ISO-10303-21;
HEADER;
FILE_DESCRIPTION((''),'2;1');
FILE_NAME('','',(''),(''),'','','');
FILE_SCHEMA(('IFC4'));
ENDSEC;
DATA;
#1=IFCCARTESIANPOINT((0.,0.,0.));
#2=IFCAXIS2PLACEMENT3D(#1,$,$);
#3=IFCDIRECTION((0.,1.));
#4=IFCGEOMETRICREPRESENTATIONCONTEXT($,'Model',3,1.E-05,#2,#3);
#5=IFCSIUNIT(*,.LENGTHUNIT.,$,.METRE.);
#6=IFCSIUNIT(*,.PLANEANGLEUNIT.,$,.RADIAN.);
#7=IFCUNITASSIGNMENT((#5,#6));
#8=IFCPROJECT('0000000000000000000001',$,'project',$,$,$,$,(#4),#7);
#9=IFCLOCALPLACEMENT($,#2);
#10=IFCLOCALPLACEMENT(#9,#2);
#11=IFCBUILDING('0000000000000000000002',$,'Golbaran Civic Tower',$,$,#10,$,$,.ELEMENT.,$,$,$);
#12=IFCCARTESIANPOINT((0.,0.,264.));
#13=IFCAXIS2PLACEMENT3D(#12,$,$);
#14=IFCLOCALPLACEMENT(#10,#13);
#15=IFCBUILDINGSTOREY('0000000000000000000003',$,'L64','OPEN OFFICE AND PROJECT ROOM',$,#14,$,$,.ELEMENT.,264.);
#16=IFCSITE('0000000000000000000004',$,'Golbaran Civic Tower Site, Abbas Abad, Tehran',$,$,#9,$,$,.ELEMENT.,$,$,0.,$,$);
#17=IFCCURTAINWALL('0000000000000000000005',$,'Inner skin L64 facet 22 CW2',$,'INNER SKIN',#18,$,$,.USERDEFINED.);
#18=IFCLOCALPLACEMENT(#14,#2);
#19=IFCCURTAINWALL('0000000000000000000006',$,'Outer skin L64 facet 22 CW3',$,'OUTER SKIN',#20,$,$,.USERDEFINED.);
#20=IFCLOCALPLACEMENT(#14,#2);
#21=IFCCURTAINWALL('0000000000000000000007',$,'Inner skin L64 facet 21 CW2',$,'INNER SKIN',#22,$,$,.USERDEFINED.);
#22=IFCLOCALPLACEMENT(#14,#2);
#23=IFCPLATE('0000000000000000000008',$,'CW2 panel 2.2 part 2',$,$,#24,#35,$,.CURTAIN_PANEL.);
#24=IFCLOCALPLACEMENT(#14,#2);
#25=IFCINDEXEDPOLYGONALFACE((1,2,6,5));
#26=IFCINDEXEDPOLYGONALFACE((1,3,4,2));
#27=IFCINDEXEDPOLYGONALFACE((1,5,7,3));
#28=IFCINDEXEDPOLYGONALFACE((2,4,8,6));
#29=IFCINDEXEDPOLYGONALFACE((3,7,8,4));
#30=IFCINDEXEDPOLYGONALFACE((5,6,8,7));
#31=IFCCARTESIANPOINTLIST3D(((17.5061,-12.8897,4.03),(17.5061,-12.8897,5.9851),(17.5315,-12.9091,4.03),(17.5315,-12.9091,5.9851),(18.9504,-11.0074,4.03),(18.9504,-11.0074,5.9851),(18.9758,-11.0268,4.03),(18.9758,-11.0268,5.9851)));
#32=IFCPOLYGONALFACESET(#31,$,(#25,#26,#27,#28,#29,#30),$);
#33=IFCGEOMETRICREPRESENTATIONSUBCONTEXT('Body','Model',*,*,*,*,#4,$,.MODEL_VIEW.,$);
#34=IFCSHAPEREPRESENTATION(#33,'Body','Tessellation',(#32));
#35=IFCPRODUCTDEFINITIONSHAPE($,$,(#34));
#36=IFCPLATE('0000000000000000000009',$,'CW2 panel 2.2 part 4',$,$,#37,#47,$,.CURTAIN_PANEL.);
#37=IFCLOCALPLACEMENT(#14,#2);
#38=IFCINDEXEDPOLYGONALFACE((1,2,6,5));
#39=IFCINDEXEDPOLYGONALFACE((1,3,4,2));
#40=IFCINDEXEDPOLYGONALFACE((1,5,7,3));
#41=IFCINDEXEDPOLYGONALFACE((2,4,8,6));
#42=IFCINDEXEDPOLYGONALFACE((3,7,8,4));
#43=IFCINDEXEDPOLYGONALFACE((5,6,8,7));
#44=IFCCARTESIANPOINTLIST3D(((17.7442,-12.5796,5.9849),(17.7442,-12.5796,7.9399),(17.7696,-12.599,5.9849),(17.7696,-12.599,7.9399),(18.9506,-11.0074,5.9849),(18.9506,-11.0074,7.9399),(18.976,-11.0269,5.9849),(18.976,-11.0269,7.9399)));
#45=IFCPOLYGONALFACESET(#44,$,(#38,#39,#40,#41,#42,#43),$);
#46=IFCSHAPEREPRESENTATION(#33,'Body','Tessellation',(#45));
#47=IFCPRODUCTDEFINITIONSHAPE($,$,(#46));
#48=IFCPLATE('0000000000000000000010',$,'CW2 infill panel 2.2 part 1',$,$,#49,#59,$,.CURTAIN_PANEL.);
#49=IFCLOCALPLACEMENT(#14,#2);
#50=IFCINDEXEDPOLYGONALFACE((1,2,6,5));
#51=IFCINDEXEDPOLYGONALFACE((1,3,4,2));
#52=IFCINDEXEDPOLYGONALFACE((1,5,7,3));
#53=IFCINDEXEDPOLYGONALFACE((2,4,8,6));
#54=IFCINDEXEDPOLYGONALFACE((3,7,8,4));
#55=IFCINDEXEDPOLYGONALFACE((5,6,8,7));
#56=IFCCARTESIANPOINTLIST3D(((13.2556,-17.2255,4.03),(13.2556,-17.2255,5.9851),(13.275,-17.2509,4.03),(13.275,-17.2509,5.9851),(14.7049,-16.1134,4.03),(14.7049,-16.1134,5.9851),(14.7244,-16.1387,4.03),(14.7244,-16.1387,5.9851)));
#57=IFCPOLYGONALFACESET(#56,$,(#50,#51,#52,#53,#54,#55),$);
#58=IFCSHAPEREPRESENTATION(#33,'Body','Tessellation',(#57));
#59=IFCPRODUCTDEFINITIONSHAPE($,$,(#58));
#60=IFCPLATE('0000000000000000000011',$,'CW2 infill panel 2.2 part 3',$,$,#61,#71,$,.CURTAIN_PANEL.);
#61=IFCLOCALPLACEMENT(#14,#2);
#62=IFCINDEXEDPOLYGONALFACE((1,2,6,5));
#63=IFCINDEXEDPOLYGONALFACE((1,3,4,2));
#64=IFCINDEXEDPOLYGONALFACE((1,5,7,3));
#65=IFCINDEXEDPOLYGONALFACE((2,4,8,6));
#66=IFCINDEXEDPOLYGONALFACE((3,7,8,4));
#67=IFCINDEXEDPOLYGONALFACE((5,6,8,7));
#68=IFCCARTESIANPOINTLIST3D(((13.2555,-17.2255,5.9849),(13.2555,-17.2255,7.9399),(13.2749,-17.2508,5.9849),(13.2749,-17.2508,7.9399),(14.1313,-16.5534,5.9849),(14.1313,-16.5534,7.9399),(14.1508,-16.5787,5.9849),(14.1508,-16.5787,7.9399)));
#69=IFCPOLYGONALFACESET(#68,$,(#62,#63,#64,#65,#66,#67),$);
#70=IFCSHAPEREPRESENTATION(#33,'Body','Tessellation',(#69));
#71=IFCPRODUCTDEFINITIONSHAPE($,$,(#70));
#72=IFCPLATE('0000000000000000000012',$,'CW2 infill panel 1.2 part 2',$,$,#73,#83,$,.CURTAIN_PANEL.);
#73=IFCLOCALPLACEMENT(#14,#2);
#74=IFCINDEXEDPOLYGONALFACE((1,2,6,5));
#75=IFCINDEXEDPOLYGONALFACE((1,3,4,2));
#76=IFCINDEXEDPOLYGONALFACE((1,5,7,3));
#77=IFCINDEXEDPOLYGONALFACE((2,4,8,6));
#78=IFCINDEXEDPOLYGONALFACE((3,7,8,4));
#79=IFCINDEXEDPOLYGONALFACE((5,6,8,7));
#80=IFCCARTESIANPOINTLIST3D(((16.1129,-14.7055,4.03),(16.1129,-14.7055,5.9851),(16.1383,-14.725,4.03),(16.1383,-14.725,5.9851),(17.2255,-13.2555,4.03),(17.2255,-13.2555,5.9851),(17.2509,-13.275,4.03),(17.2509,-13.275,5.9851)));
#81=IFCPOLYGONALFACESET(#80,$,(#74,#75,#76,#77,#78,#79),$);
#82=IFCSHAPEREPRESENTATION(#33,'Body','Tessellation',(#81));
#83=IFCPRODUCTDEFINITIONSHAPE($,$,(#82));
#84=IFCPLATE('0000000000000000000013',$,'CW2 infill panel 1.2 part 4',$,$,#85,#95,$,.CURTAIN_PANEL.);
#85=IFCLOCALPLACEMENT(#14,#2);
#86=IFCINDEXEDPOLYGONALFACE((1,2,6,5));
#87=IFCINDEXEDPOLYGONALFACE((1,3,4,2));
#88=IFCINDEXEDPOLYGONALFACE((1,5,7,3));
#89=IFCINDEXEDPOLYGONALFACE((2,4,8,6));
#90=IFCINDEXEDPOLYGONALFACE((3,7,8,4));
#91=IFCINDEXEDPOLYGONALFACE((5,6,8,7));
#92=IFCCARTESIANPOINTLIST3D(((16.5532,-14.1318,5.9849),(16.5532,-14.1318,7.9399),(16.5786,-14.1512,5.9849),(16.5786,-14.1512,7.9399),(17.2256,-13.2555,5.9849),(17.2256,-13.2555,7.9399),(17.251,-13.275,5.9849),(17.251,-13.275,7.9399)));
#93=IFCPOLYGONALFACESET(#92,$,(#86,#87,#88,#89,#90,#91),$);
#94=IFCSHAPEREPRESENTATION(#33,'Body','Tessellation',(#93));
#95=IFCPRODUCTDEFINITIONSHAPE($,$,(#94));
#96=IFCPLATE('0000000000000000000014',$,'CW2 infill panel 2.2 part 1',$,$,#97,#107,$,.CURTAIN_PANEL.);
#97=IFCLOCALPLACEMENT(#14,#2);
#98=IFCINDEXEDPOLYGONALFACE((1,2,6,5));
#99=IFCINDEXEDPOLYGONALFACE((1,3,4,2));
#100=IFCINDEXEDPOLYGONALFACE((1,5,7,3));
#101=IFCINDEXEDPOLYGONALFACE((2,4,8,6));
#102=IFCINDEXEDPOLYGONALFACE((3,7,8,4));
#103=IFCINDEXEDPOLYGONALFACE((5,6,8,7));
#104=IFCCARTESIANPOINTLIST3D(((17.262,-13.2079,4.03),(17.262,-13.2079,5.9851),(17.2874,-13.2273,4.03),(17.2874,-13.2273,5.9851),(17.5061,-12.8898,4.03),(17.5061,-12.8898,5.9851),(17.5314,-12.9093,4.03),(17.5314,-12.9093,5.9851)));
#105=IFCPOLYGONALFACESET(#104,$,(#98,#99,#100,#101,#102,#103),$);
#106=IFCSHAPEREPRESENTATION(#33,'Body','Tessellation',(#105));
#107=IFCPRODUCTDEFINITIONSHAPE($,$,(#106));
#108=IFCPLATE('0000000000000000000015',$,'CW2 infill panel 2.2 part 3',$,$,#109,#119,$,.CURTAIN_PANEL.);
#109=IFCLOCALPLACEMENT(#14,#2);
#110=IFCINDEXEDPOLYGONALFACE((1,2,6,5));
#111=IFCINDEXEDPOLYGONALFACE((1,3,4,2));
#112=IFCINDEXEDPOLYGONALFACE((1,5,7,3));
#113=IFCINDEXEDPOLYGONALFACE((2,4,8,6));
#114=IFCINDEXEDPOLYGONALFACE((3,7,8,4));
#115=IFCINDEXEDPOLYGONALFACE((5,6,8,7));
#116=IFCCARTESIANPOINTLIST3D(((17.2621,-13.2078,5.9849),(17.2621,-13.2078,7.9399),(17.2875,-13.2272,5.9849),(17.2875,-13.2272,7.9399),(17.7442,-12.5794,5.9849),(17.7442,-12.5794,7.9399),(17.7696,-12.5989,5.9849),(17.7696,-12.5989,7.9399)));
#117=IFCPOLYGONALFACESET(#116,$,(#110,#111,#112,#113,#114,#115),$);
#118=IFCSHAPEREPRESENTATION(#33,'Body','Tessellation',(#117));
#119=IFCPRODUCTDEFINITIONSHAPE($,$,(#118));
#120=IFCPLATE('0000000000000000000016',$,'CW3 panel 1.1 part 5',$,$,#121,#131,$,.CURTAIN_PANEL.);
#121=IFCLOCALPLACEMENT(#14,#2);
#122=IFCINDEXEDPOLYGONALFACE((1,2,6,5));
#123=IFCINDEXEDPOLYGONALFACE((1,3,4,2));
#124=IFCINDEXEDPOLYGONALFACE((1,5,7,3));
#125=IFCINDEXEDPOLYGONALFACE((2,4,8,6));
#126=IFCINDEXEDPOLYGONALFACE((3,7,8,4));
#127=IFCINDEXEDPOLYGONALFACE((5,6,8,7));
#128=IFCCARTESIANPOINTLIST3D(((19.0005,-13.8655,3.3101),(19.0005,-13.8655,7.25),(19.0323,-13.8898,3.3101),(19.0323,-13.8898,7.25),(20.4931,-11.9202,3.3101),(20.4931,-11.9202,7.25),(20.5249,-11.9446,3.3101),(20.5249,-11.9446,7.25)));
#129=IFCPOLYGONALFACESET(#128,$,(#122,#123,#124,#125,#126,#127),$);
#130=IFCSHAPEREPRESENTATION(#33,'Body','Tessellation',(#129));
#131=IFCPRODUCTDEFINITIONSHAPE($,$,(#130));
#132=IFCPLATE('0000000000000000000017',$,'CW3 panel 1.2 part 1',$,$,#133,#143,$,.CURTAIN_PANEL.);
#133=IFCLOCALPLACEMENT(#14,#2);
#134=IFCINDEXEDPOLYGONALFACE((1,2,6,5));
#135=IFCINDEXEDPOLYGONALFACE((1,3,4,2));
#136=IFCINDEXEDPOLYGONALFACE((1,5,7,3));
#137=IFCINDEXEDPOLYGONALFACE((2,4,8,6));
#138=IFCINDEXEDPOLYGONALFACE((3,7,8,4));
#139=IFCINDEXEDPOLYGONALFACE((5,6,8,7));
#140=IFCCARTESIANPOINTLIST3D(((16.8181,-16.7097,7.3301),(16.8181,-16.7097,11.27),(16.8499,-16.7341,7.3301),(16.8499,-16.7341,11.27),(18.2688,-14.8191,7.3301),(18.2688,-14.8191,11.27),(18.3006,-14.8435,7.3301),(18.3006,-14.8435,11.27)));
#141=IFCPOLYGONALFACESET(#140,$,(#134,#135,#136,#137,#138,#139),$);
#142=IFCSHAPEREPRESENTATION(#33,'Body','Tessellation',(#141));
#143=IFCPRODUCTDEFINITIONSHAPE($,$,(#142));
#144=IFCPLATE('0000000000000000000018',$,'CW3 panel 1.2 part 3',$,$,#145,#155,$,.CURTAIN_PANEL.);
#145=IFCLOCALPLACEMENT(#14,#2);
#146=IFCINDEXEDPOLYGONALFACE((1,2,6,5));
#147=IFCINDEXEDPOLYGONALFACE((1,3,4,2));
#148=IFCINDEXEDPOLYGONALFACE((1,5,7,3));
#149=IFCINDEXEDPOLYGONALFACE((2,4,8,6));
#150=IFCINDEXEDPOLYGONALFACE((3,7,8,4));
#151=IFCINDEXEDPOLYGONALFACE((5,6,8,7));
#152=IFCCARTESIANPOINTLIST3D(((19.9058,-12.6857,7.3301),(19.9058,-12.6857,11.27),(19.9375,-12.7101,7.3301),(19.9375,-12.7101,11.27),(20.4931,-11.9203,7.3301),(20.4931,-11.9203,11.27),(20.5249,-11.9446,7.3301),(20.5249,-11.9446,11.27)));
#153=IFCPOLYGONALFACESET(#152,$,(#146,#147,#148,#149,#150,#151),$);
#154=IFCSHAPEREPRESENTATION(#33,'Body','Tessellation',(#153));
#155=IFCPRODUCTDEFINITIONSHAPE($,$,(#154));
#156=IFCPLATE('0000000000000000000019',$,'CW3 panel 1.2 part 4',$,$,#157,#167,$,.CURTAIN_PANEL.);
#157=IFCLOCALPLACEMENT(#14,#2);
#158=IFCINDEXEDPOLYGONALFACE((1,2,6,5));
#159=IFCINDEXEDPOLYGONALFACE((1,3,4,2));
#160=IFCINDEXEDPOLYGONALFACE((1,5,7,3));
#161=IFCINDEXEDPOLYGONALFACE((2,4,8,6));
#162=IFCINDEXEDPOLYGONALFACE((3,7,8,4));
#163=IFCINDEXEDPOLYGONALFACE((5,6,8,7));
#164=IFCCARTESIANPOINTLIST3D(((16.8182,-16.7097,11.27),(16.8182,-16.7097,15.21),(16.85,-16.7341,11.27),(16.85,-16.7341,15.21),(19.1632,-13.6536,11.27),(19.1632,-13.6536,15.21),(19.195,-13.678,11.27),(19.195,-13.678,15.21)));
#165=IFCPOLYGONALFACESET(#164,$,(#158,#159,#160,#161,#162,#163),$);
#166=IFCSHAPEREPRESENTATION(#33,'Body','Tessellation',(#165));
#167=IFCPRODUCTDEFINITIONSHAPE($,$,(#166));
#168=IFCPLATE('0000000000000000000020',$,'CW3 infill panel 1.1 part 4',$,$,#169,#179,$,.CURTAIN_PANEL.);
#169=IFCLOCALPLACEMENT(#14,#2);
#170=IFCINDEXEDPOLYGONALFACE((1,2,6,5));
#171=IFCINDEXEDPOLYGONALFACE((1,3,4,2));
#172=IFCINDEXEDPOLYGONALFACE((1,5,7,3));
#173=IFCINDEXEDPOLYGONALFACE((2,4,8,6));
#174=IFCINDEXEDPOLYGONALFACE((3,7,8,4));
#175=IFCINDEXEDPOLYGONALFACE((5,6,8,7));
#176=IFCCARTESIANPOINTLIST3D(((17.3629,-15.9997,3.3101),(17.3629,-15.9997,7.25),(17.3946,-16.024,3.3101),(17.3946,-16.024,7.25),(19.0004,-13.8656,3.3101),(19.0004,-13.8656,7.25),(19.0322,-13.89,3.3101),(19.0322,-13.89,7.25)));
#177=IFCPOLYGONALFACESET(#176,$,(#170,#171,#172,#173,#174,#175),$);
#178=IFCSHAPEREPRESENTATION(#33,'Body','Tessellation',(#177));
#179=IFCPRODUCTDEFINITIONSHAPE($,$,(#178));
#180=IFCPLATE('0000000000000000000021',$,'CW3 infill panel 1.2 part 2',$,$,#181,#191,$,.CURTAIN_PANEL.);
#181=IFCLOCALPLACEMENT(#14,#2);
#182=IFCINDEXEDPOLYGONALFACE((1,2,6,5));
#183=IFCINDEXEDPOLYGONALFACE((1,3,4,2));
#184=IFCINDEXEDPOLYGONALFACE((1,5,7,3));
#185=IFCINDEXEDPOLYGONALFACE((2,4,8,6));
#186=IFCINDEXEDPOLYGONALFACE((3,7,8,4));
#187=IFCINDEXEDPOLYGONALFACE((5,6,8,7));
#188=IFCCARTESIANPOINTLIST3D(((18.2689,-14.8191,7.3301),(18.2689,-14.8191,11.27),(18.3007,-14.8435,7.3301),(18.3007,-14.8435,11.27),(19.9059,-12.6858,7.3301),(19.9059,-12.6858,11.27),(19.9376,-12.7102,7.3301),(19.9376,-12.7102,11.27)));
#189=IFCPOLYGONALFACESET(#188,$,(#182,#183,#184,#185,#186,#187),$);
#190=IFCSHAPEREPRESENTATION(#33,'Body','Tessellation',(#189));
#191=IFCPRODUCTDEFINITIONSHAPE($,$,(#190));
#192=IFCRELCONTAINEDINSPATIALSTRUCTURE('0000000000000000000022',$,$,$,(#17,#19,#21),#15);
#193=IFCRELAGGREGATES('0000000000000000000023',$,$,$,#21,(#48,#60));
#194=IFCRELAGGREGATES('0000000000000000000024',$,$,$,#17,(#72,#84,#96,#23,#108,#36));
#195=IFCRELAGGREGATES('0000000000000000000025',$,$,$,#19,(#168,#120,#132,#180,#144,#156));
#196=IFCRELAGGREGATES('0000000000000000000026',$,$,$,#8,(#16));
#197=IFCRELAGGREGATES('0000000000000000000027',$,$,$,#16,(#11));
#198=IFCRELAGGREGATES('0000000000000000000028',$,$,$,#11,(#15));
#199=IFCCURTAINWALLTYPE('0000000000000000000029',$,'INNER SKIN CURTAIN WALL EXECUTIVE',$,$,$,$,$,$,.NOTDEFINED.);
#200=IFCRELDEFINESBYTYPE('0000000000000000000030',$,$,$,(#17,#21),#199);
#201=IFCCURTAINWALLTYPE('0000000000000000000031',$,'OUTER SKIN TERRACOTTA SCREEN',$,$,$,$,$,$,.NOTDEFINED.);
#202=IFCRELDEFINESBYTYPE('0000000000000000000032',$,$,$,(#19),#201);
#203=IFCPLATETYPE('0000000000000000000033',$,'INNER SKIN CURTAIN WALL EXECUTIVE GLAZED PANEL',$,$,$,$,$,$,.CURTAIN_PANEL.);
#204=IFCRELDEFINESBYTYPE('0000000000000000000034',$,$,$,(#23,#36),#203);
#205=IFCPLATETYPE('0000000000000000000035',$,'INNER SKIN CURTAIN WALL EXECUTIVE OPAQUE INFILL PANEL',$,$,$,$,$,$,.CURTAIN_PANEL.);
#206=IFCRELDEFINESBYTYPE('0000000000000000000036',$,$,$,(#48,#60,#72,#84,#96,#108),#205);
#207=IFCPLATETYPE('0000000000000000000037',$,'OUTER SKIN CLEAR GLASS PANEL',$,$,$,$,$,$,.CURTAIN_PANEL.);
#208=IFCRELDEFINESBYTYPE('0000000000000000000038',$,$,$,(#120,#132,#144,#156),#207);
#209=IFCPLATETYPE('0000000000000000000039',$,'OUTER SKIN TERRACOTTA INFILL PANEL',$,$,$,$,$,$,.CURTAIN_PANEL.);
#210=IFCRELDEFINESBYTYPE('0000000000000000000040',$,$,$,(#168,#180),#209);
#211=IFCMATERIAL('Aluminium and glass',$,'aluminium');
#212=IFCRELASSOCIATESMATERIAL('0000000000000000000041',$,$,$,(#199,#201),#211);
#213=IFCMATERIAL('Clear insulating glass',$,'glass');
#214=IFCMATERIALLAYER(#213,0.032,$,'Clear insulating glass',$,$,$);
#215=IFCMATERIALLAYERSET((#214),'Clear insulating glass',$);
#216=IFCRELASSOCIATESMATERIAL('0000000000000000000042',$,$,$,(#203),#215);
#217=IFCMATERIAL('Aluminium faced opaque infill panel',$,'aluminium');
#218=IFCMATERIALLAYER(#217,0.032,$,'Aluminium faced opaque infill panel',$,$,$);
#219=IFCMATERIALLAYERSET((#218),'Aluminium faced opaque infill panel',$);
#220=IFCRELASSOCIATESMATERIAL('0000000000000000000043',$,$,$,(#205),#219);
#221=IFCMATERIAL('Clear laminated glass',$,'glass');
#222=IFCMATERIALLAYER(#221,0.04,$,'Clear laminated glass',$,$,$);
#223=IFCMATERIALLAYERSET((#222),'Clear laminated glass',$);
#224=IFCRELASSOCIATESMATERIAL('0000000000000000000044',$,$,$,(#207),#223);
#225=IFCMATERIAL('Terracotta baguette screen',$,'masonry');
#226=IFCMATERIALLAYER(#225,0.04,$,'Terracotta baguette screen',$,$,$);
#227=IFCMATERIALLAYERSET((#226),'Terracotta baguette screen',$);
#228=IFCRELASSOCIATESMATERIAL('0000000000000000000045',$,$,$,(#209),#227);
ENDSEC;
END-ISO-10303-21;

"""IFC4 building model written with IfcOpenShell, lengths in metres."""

from ifc_helpers import new_model, si_unit, direction, frame, origin, origin_2d, place, context, subcontext, project, spatial, rectangle, extrude, material, layer, layer_set, type_object, element, aggregate, save


model = new_model("IFC4")

# Units and contexts
model_context = context("Model", 3, precision=1e-05, world=origin(), true_north=direction((0.0, 1.0)))
body_context = subcontext(model_context, "Body", "Model", "MODEL_VIEW")
ifc_project = project(units=[si_unit("LENGTHUNIT", "METRE"), si_unit("PLANEANGLEUNIT", "RADIAN")], contexts=[model_context])

# Site, building, storey
site_placement = place(None, origin())
site = spatial("IfcSite", under=ifc_project, at=site_placement, Name="Golbaran Civic Tower Site, Abbas Abad, Tehran", CompositionType="ELEMENT", RefElevation=0.0)
building_placement = place(site_placement, origin())
building = spatial("IfcBuilding", under=site, at=building_placement, Name="Golbaran Civic Tower", CompositionType="ELEMENT")
storey_placement = place(building_placement, frame((0.0, 0.0, 264.0)))
storey = spatial("IfcBuildingStorey", under=building, at=storey_placement, Name="L64", Description="OPEN OFFICE AND PROJECT ROOM", CompositionType="ELEMENT", Elevation=264.0)

# Curtain walls
ifc_material_1 = material(Name="Aluminium and glass", Category="aluminium")
curtain_wall_type_1 = type_object("IfcCurtainWallType", Name="INNER SKIN CURTAIN WALL EXECUTIVE", PredefinedType="NOTDEFINED", material=ifc_material_1)
curtain_wall_1_placement = place(storey_placement, origin())
curtain_wall_1 = element("IfcCurtainWall", 1, at=curtain_wall_1_placement, inside=storey, type_object=curtain_wall_type_1, Name="Inner skin L64 facet 22 CW2", ObjectType="INNER SKIN", PredefinedType="USERDEFINED")
curtain_wall_type_2 = type_object("IfcCurtainWallType", Name="OUTER SKIN TERRACOTTA SCREEN", PredefinedType="NOTDEFINED", material=ifc_material_1)
curtain_wall_2_placement = place(storey_placement, origin())
curtain_wall_2 = element("IfcCurtainWall", 2, at=curtain_wall_2_placement, inside=storey, type_object=curtain_wall_type_2, Name="Outer skin L64 facet 22 CW3", ObjectType="OUTER SKIN", PredefinedType="USERDEFINED")

# Curtain wall
curtain_wall_3_placement = place(storey_placement, origin())
curtain_wall_3 = element("IfcCurtainWall", 3, at=curtain_wall_3_placement, inside=storey, type_object=curtain_wall_type_1, Name="Inner skin L64 facet 21 CW2", ObjectType="INNER SKIN", PredefinedType="USERDEFINED")
ifc_material_2 = material(Name="Clear insulating glass", Category="glass")
ifc_layer_1 = layer(ifc_material_2, 0.032, Name="Clear insulating glass")
ifc_layer_set_1 = layer_set([ifc_layer_1], Name="Clear insulating glass")
plate_type_1 = type_object("IfcPlateType", Name="INNER SKIN CURTAIN WALL EXECUTIVE GLAZED PANEL", PredefinedType="CURTAIN_PANEL", material=ifc_layer_set_1)

# Plates
plate_1_placement = place(storey_placement, frame((18.241, -11.9583, 4.03), z_axis=(0.0, 0.0, 1.0), x_axis=(0.608761, 0.793353, 0.0)))
plate_1 = element("IfcPlate", 4, at=plate_1_placement, type_object=plate_type_1, Name="CW2 panel 2.2 part 2", PredefinedType="CURTAIN_PANEL", context=body_context, shape_type="SweptSolid", body=[
    extrude(rectangle(XDim=2.3726, YDim=0.032, at=origin_2d()), origin(), (0.0, 0.0, 1.0), 1.9551),
])
plate_2_placement = place(storey_placement, frame((18.3601, -11.8032, 5.9849), z_axis=(0.0, 0.0, 1.0), x_axis=(0.608761, 0.793353, 0.0)))
plate_2 = element("IfcPlate", 5, at=plate_2_placement, type_object=plate_type_1, Name="CW2 panel 2.2 part 4", PredefinedType="CURTAIN_PANEL", context=body_context, shape_type="SweptSolid", body=[
    extrude(rectangle(XDim=1.9817, YDim=0.032, at=origin_2d()), origin(), (0.0, 0.0, 1.0), 1.9551),
])
ifc_material_3 = material(Name="Aluminium faced opaque infill panel", Category="aluminium")
ifc_layer_2 = layer(ifc_material_3, 0.032, Name="Aluminium faced opaque infill panel")
ifc_layer_set_2 = layer_set([ifc_layer_2], Name="Aluminium faced opaque infill panel")
plate_type_2 = type_object("IfcPlateType", Name="INNER SKIN CURTAIN WALL EXECUTIVE OPAQUE INFILL PANEL", PredefinedType="CURTAIN_PANEL", material=ifc_layer_set_2)
plate_3_placement = place(storey_placement, frame((13.99, -16.6821, 4.03), z_axis=(0.0, 0.0, 1.0), x_axis=(0.793353, 0.608761, 0.0)))
plate_3 = element("IfcPlate", 6, at=plate_3_placement, type_object=plate_type_2, Name="CW2 infill panel 2.2 part 1", PredefinedType="CURTAIN_PANEL", context=body_context, shape_type="SweptSolid", body=[
    extrude(rectangle(XDim=1.8269, YDim=0.032, at=origin_2d()), origin(), (0.0, 0.0, 1.0), 1.9551),
])
plate_4_placement = place(storey_placement, frame((13.7031, -16.9021, 5.9849), z_axis=(0.0, 0.0, 1.0), x_axis=(0.793353, 0.608761, 0.0)))
plate_4 = element("IfcPlate", 7, at=plate_4_placement, type_object=plate_type_2, Name="CW2 infill panel 2.2 part 3", PredefinedType="CURTAIN_PANEL", context=body_context, shape_type="SweptSolid", body=[
    extrude(rectangle(XDim=1.104, YDim=0.032, at=origin_2d()), origin(), (0.0, 0.0, 1.0), 1.9551),
])
aggregate(curtain_wall_3, [plate_3, plate_4])
plate_5_placement = place(storey_placement, frame((16.6819, -13.9902, 4.03), z_axis=(0.0, 0.0, 1.0), x_axis=(0.608761, 0.793353, 0.0)))
plate_5 = element("IfcPlate", 8, at=plate_5_placement, type_object=plate_type_2, Name="CW2 infill panel 1.2 part 2", PredefinedType="CURTAIN_PANEL", context=body_context, shape_type="SweptSolid", body=[
    extrude(rectangle(XDim=1.8276, YDim=0.032, at=origin_2d()), origin(), (0.0, 0.0, 1.0), 1.9551),
])
plate_6_placement = place(storey_placement, frame((16.9021, -13.7034, 5.9849), z_axis=(0.0, 0.0, 1.0), x_axis=(0.608761, 0.793353, 0.0)))
plate_6 = element("IfcPlate", 9, at=plate_6_placement, type_object=plate_type_2, Name="CW2 infill panel 1.2 part 4", PredefinedType="CURTAIN_PANEL", context=body_context, shape_type="SweptSolid", body=[
    extrude(rectangle(XDim=1.1045, YDim=0.032, at=origin_2d()), origin(), (0.0, 0.0, 1.0), 1.9551),
])
plate_7_placement = place(storey_placement, frame((17.3967, -13.0586, 4.03), z_axis=(0.0, 0.0, 1.0), x_axis=(0.608761, 0.793353, 0.0)))
plate_7 = element("IfcPlate", 10, at=plate_7_placement, type_object=plate_type_2, Name="CW2 infill panel 2.2 part 1", PredefinedType="CURTAIN_PANEL", context=body_context, shape_type="SweptSolid", body=[
    extrude(rectangle(XDim=0.4009, YDim=0.032, at=origin_2d()), origin(), (0.0, 0.0, 1.0), 1.9551),
])
plate_8_placement = place(storey_placement, frame((17.5159, -12.9033, 5.9849), z_axis=(0.0, 0.0, 1.0), x_axis=(0.608761, 0.793353, 0.0)))
plate_8 = element("IfcPlate", 11, at=plate_8_placement, type_object=plate_type_2, Name="CW2 infill panel 2.2 part 3", PredefinedType="CURTAIN_PANEL", context=body_context, shape_type="SweptSolid", body=[
    extrude(rectangle(XDim=0.792, YDim=0.032, at=origin_2d()), origin(), (0.0, 0.0, 1.0), 1.9551),
])
aggregate(curtain_wall_1, [plate_5, plate_6, plate_7, plate_1, plate_8, plate_2])
ifc_material_4 = material(Name="Clear laminated glass", Category="glass")
ifc_layer_3 = layer(ifc_material_4, 0.04, Name="Clear laminated glass")
ifc_layer_set_3 = layer_set([ifc_layer_3], Name="Clear laminated glass")
plate_type_3 = type_object("IfcPlateType", Name="OUTER SKIN CLEAR GLASS PANEL", PredefinedType="CURTAIN_PANEL", material=ifc_layer_set_3)
plate_9_placement = place(storey_placement, frame((19.7627, -12.905, 3.3101), z_axis=(0.0, 0.0, 1.0), x_axis=(0.608761, 0.793353, 0.0)))
plate_9 = element("IfcPlate", 12, at=plate_9_placement, type_object=plate_type_3, Name="CW3 panel 1.1 part 5", PredefinedType="CURTAIN_PANEL", context=body_context, shape_type="SweptSolid", body=[
    extrude(rectangle(XDim=2.4519, YDim=0.04, at=origin_2d()), origin(), (0.0, 0.0, 1.0), 3.9399),
])
plate_10_placement = place(storey_placement, frame((17.5593, -15.7766, 7.3301), z_axis=(0.0, 0.0, 1.0), x_axis=(0.608761, 0.793353, 0.0)))
plate_10 = element("IfcPlate", 13, at=plate_10_placement, type_object=plate_type_3, Name="CW3 panel 1.2 part 1", PredefinedType="CURTAIN_PANEL", context=body_context, shape_type="SweptSolid", body=[
    extrude(rectangle(XDim=2.3831, YDim=0.04, at=origin_2d()), origin(), (0.0, 0.0, 1.0), 3.9399),
])
plate_11_placement = place(storey_placement, frame((20.2153, -12.3152, 7.3301), z_axis=(0.0, 0.0, 1.0), x_axis=(0.608761, 0.793353, 0.0)))
plate_11 = element("IfcPlate", 14, at=plate_11_placement, type_object=plate_type_3, Name="CW3 panel 1.2 part 3", PredefinedType="CURTAIN_PANEL", context=body_context, shape_type="SweptSolid", body=[
    extrude(rectangle(XDim=0.9648, YDim=0.04, at=origin_2d()), origin(), (0.0, 0.0, 1.0), 3.9399),
])
plate_12_placement = place(storey_placement, frame((18.0066, -15.1938, 11.27), z_axis=(0.0, 0.0, 1.0), x_axis=(0.608761, 0.793353, 0.0)))
plate_12 = element("IfcPlate", 15, at=plate_12_placement, type_object=plate_type_3, Name="CW3 panel 1.2 part 4", PredefinedType="CURTAIN_PANEL", context=body_context, shape_type="SweptSolid", body=[
    extrude(rectangle(XDim=3.8521, YDim=0.04, at=origin_2d()), origin(), (0.0, 0.0, 1.0), 3.9399),
])
ifc_material_5 = material(Name="Terracotta baguette screen", Category="masonry")
ifc_layer_4 = layer(ifc_material_5, 0.04, Name="Terracotta baguette screen")
ifc_layer_set_4 = layer_set([ifc_layer_4], Name="Terracotta baguette screen")
plate_type_4 = type_object("IfcPlateType", Name="OUTER SKIN TERRACOTTA INFILL PANEL", PredefinedType="CURTAIN_PANEL", material=ifc_layer_set_4)
plate_13_placement = place(storey_placement, frame((18.1975, -14.9448, 3.3101), z_axis=(0.0, 0.0, 1.0), x_axis=(0.608761, 0.793353, 0.0)))
plate_13 = element("IfcPlate", 16, at=plate_13_placement, type_object=plate_type_4, Name="CW3 infill panel 1.1 part 4", PredefinedType="CURTAIN_PANEL", context=body_context, shape_type="SweptSolid", body=[
    extrude(rectangle(XDim=2.6899, YDim=0.04, at=origin_2d()), origin(), (0.0, 0.0, 1.0), 3.9399),
])
plate_14_placement = place(storey_placement, frame((19.1033, -13.7646, 7.3301), z_axis=(0.0, 0.0, 1.0), x_axis=(0.608761, 0.793353, 0.0)))
plate_14 = element("IfcPlate", 17, at=plate_14_placement, type_object=plate_type_4, Name="CW3 infill panel 1.2 part 2", PredefinedType="CURTAIN_PANEL", context=body_context, shape_type="SweptSolid", body=[
    extrude(rectangle(XDim=2.689, YDim=0.04, at=origin_2d()), origin(), (0.0, 0.0, 1.0), 3.9399),
])
aggregate(curtain_wall_2, [plate_13, plate_9, plate_10, plate_14, plate_11, plate_12])

save(model, "model.ifc")
